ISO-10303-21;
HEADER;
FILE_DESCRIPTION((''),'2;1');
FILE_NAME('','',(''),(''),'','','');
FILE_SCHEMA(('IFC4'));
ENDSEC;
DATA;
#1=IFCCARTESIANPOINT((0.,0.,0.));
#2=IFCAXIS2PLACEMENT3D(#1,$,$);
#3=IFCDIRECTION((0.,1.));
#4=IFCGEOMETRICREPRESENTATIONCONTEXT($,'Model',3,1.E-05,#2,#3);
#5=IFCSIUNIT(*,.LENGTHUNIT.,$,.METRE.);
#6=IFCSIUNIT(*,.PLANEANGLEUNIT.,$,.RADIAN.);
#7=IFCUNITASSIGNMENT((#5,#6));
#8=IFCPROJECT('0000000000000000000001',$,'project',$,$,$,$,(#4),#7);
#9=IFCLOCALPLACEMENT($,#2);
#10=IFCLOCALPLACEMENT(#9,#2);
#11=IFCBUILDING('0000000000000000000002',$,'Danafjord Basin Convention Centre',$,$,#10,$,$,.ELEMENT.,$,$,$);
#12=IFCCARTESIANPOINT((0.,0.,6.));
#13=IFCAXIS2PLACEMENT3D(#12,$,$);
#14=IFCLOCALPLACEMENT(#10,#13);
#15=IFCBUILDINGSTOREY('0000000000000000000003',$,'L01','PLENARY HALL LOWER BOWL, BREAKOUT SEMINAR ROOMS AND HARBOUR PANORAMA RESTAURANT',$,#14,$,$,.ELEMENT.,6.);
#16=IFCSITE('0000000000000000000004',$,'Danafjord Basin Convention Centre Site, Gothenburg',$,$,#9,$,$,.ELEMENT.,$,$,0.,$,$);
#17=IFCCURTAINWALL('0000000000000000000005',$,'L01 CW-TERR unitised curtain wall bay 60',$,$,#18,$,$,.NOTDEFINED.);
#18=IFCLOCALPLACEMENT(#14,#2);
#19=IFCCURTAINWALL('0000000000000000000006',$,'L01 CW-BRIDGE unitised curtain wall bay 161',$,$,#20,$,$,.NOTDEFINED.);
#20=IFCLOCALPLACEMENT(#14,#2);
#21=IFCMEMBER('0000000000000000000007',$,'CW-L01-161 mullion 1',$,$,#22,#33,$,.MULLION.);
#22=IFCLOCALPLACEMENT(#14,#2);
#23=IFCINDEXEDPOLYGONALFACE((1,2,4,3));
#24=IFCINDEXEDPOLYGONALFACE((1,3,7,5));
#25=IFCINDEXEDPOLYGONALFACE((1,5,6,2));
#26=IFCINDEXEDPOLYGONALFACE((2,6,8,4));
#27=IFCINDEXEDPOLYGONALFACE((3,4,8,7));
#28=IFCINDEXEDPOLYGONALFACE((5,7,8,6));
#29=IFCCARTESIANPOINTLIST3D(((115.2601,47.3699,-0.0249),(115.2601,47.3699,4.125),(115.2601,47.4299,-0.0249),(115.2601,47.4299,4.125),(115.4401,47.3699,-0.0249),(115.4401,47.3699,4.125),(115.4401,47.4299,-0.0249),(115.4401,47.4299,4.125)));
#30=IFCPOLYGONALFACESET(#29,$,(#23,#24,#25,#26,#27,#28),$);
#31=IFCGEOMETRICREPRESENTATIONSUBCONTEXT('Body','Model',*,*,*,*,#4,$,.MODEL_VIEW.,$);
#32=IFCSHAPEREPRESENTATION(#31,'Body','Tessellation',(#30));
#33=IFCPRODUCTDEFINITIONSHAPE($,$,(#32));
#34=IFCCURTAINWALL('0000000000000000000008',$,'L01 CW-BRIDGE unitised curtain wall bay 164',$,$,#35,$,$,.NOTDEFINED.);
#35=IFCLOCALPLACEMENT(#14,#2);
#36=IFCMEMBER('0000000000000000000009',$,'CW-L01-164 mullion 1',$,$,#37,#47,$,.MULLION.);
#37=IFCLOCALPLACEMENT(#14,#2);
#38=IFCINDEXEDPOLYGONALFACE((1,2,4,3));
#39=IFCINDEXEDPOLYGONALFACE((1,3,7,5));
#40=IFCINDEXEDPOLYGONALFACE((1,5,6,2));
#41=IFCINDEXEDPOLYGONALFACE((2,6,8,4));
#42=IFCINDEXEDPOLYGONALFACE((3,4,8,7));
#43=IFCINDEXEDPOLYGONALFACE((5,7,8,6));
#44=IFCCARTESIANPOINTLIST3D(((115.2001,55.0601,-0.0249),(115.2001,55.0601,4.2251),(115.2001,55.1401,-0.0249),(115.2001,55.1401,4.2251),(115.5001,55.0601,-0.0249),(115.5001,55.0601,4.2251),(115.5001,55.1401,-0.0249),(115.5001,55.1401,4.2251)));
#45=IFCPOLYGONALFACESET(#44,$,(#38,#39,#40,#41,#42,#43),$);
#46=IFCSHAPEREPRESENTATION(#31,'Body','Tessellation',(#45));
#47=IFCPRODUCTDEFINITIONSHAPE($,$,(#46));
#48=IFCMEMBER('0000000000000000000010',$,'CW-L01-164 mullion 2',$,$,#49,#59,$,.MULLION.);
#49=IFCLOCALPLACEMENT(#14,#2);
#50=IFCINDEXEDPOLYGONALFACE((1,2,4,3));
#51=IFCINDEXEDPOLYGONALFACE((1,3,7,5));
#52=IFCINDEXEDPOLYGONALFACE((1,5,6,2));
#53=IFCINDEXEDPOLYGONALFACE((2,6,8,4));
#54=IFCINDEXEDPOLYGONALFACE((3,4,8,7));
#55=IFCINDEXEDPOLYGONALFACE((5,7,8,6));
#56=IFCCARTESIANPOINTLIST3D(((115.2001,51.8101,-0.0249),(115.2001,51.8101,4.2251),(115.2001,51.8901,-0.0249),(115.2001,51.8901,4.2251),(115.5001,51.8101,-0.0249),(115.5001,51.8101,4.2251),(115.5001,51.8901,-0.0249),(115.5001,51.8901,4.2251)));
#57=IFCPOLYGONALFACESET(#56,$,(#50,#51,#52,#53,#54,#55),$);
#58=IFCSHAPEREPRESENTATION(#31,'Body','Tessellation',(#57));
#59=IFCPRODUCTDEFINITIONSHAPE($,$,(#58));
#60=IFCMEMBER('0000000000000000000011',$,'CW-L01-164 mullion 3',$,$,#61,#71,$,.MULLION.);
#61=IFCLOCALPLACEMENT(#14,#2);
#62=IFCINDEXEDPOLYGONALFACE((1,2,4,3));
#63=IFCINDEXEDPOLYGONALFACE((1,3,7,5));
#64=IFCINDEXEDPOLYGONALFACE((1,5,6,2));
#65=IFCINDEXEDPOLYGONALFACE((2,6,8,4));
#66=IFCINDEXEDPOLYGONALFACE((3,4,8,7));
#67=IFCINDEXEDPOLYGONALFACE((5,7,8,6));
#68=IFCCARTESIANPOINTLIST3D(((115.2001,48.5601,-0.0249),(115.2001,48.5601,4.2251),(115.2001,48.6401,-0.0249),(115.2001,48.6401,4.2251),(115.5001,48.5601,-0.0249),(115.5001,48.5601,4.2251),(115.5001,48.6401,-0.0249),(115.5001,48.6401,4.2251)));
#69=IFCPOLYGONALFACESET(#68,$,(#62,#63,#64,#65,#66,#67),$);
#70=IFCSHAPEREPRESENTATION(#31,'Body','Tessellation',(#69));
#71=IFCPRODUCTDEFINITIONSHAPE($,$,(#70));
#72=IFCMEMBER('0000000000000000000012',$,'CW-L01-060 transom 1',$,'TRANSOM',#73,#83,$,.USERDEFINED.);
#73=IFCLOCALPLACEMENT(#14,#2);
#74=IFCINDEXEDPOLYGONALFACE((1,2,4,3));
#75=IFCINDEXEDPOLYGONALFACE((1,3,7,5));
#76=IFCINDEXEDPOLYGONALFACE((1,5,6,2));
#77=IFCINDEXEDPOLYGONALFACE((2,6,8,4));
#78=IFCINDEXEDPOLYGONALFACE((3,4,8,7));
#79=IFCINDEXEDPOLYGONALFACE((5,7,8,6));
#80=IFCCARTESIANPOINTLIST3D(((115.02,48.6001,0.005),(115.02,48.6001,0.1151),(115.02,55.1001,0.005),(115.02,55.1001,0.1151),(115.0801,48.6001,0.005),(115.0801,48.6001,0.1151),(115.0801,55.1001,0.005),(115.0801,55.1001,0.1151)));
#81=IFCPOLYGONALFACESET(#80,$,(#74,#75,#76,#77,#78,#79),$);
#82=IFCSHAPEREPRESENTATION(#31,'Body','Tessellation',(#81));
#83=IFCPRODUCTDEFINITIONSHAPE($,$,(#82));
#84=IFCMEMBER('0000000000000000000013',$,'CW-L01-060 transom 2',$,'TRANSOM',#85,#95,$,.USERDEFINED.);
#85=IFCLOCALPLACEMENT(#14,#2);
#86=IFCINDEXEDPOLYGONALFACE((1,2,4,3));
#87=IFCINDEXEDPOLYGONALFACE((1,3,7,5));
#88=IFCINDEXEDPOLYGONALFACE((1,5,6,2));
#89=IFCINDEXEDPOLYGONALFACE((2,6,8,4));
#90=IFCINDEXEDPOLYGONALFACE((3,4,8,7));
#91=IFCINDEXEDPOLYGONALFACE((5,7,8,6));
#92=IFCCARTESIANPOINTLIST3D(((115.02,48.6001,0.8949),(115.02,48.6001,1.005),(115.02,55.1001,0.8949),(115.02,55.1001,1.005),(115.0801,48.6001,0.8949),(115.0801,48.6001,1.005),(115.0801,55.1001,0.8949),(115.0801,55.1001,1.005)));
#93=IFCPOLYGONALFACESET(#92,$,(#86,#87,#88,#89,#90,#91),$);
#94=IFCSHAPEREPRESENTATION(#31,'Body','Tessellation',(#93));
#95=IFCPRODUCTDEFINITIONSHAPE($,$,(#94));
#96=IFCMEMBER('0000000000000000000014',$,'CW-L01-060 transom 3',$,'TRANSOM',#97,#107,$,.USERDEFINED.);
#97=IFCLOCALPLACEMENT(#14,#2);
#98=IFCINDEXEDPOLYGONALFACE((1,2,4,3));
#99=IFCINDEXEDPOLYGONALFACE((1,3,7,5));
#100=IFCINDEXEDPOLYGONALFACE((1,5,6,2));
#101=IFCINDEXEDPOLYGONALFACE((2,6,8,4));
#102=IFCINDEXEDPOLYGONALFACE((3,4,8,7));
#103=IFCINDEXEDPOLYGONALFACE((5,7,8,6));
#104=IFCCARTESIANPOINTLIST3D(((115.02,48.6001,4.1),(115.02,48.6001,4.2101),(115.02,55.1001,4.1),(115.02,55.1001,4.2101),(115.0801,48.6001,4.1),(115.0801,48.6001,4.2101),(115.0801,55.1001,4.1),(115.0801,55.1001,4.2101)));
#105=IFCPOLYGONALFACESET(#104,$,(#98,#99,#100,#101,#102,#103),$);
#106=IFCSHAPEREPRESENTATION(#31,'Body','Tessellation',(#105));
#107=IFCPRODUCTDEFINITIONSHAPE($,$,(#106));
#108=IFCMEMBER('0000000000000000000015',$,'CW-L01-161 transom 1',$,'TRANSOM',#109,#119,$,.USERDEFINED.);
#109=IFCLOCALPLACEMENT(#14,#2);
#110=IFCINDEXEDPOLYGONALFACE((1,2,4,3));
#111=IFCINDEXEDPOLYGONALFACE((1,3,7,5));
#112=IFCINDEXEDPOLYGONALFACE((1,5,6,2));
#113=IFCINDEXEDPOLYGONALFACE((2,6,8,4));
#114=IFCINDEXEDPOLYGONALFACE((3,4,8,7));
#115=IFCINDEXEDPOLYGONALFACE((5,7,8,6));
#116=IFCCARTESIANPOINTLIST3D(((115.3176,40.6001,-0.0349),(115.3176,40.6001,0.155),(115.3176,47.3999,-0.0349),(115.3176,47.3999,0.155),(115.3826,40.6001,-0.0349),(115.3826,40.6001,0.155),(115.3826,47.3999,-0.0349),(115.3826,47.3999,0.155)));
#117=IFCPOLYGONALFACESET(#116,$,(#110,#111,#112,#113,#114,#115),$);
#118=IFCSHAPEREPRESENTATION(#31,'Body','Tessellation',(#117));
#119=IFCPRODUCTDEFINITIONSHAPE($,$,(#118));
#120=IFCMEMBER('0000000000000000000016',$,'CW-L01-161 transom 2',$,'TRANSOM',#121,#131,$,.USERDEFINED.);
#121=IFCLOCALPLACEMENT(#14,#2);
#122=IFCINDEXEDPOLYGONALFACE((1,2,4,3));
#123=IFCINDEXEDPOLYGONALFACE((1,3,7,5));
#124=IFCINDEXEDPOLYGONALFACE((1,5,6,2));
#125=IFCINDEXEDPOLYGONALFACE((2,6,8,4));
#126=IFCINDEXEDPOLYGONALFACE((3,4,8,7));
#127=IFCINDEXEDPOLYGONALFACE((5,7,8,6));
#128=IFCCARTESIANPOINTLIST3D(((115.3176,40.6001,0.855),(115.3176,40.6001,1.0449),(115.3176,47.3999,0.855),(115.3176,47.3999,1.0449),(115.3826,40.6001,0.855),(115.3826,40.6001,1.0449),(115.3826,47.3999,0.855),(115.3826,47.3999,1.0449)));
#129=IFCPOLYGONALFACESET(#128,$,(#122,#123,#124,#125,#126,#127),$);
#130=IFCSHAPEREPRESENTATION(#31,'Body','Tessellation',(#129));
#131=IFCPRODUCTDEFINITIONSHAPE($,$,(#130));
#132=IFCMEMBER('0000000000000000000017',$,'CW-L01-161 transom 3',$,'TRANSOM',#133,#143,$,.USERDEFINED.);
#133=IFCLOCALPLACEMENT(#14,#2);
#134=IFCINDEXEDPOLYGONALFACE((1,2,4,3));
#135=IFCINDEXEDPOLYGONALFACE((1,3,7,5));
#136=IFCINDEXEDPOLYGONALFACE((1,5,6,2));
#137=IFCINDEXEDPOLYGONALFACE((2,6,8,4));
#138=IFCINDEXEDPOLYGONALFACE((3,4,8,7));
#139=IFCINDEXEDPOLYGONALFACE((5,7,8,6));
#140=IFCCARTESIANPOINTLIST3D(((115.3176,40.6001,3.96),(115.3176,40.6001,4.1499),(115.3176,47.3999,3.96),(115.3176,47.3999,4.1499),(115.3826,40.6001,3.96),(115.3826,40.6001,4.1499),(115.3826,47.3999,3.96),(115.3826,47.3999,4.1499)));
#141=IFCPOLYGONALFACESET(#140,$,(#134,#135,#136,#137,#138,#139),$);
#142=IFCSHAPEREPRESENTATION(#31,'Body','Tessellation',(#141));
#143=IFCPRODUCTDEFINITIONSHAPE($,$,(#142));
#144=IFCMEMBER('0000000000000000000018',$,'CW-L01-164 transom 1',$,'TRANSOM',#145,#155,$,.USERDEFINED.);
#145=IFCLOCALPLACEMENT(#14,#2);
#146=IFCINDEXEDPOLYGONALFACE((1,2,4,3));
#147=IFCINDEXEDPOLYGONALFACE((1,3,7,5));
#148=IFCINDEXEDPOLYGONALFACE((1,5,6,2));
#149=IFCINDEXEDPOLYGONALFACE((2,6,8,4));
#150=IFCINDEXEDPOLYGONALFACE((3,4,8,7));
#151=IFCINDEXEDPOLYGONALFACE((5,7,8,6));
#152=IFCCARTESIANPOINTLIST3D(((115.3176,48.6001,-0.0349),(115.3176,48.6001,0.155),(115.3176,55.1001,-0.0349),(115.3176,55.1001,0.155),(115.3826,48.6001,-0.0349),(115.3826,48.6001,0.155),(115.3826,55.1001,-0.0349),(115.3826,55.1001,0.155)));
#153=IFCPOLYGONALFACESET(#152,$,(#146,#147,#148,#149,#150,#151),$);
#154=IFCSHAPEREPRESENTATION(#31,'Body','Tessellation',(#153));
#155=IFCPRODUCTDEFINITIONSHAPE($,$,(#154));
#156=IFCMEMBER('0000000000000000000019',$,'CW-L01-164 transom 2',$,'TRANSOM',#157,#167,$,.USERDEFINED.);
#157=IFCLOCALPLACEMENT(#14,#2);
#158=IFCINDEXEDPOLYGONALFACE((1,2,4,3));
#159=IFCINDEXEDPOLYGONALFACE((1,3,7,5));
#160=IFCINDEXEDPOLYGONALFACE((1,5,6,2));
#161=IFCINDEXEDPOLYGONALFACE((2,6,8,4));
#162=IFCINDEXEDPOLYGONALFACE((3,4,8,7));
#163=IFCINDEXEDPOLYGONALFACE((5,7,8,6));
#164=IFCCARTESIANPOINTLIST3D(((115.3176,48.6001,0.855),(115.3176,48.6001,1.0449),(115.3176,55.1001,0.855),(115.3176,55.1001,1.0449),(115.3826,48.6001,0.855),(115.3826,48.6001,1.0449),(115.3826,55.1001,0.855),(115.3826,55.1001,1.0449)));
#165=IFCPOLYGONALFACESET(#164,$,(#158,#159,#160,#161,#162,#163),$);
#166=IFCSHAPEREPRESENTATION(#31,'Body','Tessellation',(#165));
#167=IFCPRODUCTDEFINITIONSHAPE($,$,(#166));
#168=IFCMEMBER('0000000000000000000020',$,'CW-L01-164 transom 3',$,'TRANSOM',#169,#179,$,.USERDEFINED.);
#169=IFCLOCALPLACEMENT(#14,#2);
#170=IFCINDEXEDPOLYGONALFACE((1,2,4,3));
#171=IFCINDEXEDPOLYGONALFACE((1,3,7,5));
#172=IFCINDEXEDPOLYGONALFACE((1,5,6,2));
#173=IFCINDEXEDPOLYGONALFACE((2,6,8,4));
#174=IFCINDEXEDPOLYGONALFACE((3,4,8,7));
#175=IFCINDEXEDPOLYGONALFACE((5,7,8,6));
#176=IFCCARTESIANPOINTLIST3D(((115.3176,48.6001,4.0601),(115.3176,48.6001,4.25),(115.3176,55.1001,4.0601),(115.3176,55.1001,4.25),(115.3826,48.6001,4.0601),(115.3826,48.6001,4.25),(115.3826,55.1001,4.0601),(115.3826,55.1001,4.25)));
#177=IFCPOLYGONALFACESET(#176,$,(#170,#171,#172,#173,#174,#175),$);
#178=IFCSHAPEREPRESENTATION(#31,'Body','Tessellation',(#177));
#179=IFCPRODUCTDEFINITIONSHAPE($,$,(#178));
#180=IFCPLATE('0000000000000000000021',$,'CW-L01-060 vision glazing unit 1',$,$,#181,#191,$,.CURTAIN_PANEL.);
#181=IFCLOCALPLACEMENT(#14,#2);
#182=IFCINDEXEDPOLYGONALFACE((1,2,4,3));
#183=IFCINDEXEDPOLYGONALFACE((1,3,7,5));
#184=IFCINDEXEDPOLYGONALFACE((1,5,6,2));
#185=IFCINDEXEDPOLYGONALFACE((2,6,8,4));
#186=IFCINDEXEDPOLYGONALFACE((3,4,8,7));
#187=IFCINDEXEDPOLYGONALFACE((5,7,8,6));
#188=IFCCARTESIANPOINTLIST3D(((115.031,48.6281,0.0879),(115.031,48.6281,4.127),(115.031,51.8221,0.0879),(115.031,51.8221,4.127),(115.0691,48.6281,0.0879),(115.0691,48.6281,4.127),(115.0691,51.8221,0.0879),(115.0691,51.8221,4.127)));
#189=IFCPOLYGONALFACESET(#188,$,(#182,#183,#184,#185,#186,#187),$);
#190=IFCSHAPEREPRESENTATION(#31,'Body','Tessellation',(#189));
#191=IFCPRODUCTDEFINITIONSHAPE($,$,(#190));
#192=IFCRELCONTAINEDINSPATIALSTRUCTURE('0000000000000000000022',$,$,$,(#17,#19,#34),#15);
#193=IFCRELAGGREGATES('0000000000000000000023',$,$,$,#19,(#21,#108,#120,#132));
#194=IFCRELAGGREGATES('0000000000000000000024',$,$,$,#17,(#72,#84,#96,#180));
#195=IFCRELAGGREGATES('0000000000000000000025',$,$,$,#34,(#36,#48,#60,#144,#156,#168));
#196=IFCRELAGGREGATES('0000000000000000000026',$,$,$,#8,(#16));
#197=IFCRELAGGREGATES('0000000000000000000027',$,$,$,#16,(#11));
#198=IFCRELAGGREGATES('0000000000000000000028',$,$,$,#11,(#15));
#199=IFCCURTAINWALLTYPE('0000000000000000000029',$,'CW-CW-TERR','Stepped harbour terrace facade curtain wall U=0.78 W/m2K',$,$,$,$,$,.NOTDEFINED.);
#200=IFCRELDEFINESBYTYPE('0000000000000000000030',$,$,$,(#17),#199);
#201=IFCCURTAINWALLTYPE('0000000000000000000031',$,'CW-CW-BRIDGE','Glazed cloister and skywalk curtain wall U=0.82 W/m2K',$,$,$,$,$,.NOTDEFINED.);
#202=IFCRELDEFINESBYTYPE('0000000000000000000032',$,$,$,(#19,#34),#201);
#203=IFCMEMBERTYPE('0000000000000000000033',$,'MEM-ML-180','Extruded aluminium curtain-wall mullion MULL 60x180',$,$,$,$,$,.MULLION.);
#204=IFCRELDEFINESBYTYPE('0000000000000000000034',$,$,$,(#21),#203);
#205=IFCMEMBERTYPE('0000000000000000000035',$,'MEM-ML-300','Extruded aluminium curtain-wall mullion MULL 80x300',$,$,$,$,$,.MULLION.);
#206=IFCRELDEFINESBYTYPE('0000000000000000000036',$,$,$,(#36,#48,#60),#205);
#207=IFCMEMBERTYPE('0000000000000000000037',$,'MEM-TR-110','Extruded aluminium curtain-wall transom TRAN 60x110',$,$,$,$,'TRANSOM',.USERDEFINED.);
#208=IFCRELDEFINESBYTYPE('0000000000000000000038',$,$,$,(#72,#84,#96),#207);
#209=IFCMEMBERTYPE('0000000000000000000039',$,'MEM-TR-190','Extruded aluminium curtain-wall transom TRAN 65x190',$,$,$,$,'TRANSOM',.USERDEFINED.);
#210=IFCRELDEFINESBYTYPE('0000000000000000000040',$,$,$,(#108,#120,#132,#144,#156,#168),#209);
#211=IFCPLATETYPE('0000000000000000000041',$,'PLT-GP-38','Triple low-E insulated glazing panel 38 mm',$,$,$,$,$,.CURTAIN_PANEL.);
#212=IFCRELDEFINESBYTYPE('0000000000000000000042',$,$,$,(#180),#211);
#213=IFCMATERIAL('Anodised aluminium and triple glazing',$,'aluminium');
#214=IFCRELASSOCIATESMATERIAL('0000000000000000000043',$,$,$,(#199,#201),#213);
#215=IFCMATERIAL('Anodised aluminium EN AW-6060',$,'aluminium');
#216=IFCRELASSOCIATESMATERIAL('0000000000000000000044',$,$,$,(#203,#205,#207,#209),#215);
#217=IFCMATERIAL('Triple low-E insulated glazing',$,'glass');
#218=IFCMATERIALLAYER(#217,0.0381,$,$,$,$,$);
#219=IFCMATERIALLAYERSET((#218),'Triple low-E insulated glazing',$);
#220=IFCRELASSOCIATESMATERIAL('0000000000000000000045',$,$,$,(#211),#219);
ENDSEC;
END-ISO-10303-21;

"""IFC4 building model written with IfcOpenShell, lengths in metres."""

from ifc_helpers import new_model, si_unit, direction, frame, origin, origin_2d, place, context, subcontext, project, spatial, rectangle, extrude, material, layer, layer_set, material_profile, profile_set, type_object, element, aggregate, save


model = new_model("IFC4")

# Units and contexts
model_context = context("Model", 3, precision=1e-05, world=origin(), true_north=direction((0.0, 1.0)))
body_context = subcontext(model_context, "Body", "Model", "MODEL_VIEW")
ifc_project = project(units=[si_unit("LENGTHUNIT", "METRE"), si_unit("PLANEANGLEUNIT", "RADIAN")], contexts=[model_context])

# Site, building, storey
site_placement = place(None, origin())
site = spatial("IfcSite", under=ifc_project, at=site_placement, Name="Danafjord Basin Convention Centre Site, Gothenburg", CompositionType="ELEMENT", RefElevation=0.0)
building_placement = place(site_placement, origin())
building = spatial("IfcBuilding", under=site, at=building_placement, Name="Danafjord Basin Convention Centre", CompositionType="ELEMENT")
storey_placement = place(building_placement, frame((0.0, 0.0, 6.0)))
storey = spatial("IfcBuildingStorey", under=building, at=storey_placement, Name="L01", Description="PLENARY HALL LOWER BOWL, BREAKOUT SEMINAR ROOMS AND HARBOUR PANORAMA RESTAURANT", CompositionType="ELEMENT", Elevation=6.0)

# Curtain wall
ifc_material_1 = material(Name="Anodised aluminium and triple glazing", Category="aluminium")
curtain_wall_type_1 = type_object("IfcCurtainWallType", Name="CW-CW-TERR", Description="Stepped harbour terrace facade curtain wall U=0.78 W/m2K", PredefinedType="NOTDEFINED", material=ifc_material_1)
curtain_wall_1_placement = place(storey_placement, origin())
curtain_wall_1 = element("IfcCurtainWall", 1, at=curtain_wall_1_placement, inside=storey, type_object=curtain_wall_type_1, Name="L01 CW-TERR unitised curtain wall bay 60", PredefinedType="NOTDEFINED")
ifc_material_2 = material(Name="Anodised aluminium EN AW-6060", Category="aluminium")

# Curtain wall, member
curtain_wall_type_2 = type_object("IfcCurtainWallType", Name="CW-CW-BRIDGE", Description="Glazed cloister and skywalk curtain wall U=0.82 W/m2K", PredefinedType="NOTDEFINED", material=ifc_material_1)
curtain_wall_2_placement = place(storey_placement, origin())
curtain_wall_2 = element("IfcCurtainWall", 2, at=curtain_wall_2_placement, inside=storey, type_object=curtain_wall_type_2, Name="L01 CW-BRIDGE unitised curtain wall bay 161", PredefinedType="NOTDEFINED")
ifc_material_profile_1 = material_profile(ifc_material_2, rectangle(XDim=0.0601, YDim=0.1799, at=origin_2d()), Name="MULL 60x180")
ifc_profile_set_1 = profile_set([ifc_material_profile_1], Name="Anodised aluminium EN AW-6060")
member_type_1 = type_object("IfcMemberType", Name="MEM-ML-180", Description="Extruded aluminium curtain-wall mullion MULL 60x180", PredefinedType="MULLION", material=ifc_profile_set_1)
member_1_placement = place(storey_placement, frame((115.3501, 47.3999, -0.0249), z_axis=(0.0, 0.0, 1.0), x_axis=(0.0, -1.0, 0.0)))
member_1 = element("IfcMember", 3, at=member_1_placement, type_object=member_type_1, Name="CW-L01-161 mullion 1", PredefinedType="MULLION", context=body_context, shape_type="SweptSolid", body=[
    extrude(rectangle(XDim=0.0601, YDim=0.1799, at=origin_2d()), origin(), (0.0, 0.0, 1.0), 4.1499),
])

# Curtain wall, members
curtain_wall_3_placement = place(storey_placement, origin())
curtain_wall_3 = element("IfcCurtainWall", 4, at=curtain_wall_3_placement, inside=storey, type_object=curtain_wall_type_2, Name="L01 CW-BRIDGE unitised curtain wall bay 164", PredefinedType="NOTDEFINED")
ifc_material_profile_2 = material_profile(ifc_material_2, rectangle(XDim=0.0801, YDim=0.3, at=origin_2d()), Name="MULL 80x300")
ifc_profile_set_2 = profile_set([ifc_material_profile_2], Name="Anodised aluminium EN AW-6060")
member_type_2 = type_object("IfcMemberType", Name="MEM-ML-300", Description="Extruded aluminium curtain-wall mullion MULL 80x300", PredefinedType="MULLION", material=ifc_profile_set_2)
member_2_placement = place(storey_placement, frame((115.3501, 55.1001, -0.0249), z_axis=(0.0, 0.0, 1.0), x_axis=(0.0, -1.0, 0.0)))
member_2 = element("IfcMember", 5, at=member_2_placement, type_object=member_type_2, Name="CW-L01-164 mullion 1", PredefinedType="MULLION", context=body_context, shape_type="SweptSolid", body=[
    extrude(rectangle(XDim=0.0801, YDim=0.3, at=origin_2d()), origin(), (0.0, 0.0, 1.0), 4.25),
])
member_3_placement = place(storey_placement, frame((115.3501, 51.8501, -0.0249), z_axis=(0.0, 0.0, 1.0), x_axis=(0.0, -1.0, 0.0)))
member_3 = element("IfcMember", 6, at=member_3_placement, type_object=member_type_2, Name="CW-L01-164 mullion 2", PredefinedType="MULLION", context=body_context, shape_type="SweptSolid", body=[
    extrude(rectangle(XDim=0.0801, YDim=0.3, at=origin_2d()), origin(), (0.0, 0.0, 1.0), 4.25),
])
member_4_placement = place(storey_placement, frame((115.3501, 48.6001, -0.0249), z_axis=(0.0, 0.0, 1.0), x_axis=(0.0, -1.0, 0.0)))
member_4 = element("IfcMember", 7, at=member_4_placement, type_object=member_type_2, Name="CW-L01-164 mullion 3", PredefinedType="MULLION", context=body_context, shape_type="SweptSolid", body=[
    extrude(rectangle(XDim=0.0801, YDim=0.3, at=origin_2d()), origin(), (0.0, 0.0, 1.0), 4.25),
])

# Members
ifc_material_profile_3 = material_profile(ifc_material_2, rectangle(XDim=0.0601, YDim=0.1101, at=origin_2d()), Name="TRAN 60x110")
ifc_profile_set_3 = profile_set([ifc_material_profile_3], Name="Anodised aluminium EN AW-6060")
member_type_3 = type_object("IfcMemberType", Name="MEM-TR-110", Description="Extruded aluminium curtain-wall transom TRAN 60x110", ElementType="TRANSOM", PredefinedType="USERDEFINED", material=ifc_profile_set_3)
member_5_placement = place(storey_placement, frame((115.05, 48.6001, 0.0601), z_axis=(0.0, 1.0, 0.0), x_axis=(-1.0, 0.0, 0.0)))
member_5 = element("IfcMember", 8, at=member_5_placement, type_object=member_type_3, Name="CW-L01-060 transom 1", ObjectType="TRANSOM", PredefinedType="USERDEFINED", context=body_context, shape_type="SweptSolid", body=[
    extrude(rectangle(XDim=0.0601, YDim=0.1101, at=origin_2d()), origin(), (0.0, 0.0, 1.0), 6.5),
])
member_6_placement = place(storey_placement, frame((115.05, 48.6001, 0.95), z_axis=(0.0, 1.0, 0.0), x_axis=(-1.0, 0.0, 0.0)))
member_6 = element("IfcMember", 9, at=member_6_placement, type_object=member_type_3, Name="CW-L01-060 transom 2", ObjectType="TRANSOM", PredefinedType="USERDEFINED", context=body_context, shape_type="SweptSolid", body=[
    extrude(rectangle(XDim=0.0601, YDim=0.1101, at=origin_2d()), origin(), (0.0, 0.0, 1.0), 6.5),
])
member_7_placement = place(storey_placement, frame((115.05, 48.6001, 4.155), z_axis=(0.0, 1.0, 0.0), x_axis=(-1.0, 0.0, 0.0)))
member_7 = element("IfcMember", 10, at=member_7_placement, type_object=member_type_3, Name="CW-L01-060 transom 3", ObjectType="TRANSOM", PredefinedType="USERDEFINED", context=body_context, shape_type="SweptSolid", body=[
    extrude(rectangle(XDim=0.0601, YDim=0.1101, at=origin_2d()), origin(), (0.0, 0.0, 1.0), 6.5),
])
ifc_material_profile_4 = material_profile(ifc_material_2, rectangle(XDim=0.0649, YDim=0.1899, at=origin_2d()), Name="TRAN 65x190")
ifc_profile_set_4 = profile_set([ifc_material_profile_4], Name="Anodised aluminium EN AW-6060")
member_type_4 = type_object("IfcMemberType", Name="MEM-TR-190", Description="Extruded aluminium curtain-wall transom TRAN 65x190", ElementType="TRANSOM", PredefinedType="USERDEFINED", material=ifc_profile_set_4)
member_8_placement = place(storey_placement, frame((115.3501, 47.3999, 0.0601), z_axis=(0.0, -1.0, 0.0), x_axis=(1.0, 0.0, 0.0)))
member_8 = element("IfcMember", 11, at=member_8_placement, type_object=member_type_4, Name="CW-L01-161 transom 1", ObjectType="TRANSOM", PredefinedType="USERDEFINED", context=body_context, shape_type="SweptSolid", body=[
    extrude(rectangle(XDim=0.0649, YDim=0.1899, at=origin_2d()), origin(), (0.0, 0.0, 1.0), 6.7998),
])
member_9_placement = place(storey_placement, frame((115.3501, 47.3999, 0.95), z_axis=(0.0, -1.0, 0.0), x_axis=(1.0, 0.0, 0.0)))
member_9 = element("IfcMember", 12, at=member_9_placement, type_object=member_type_4, Name="CW-L01-161 transom 2", ObjectType="TRANSOM", PredefinedType="USERDEFINED", context=body_context, shape_type="SweptSolid", body=[
    extrude(rectangle(XDim=0.0649, YDim=0.1899, at=origin_2d()), origin(), (0.0, 0.0, 1.0), 6.7998),
])
member_10_placement = place(storey_placement, frame((115.3501, 47.3999, 4.0549), z_axis=(0.0, -1.0, 0.0), x_axis=(1.0, 0.0, 0.0)))
member_10 = element("IfcMember", 13, at=member_10_placement, type_object=member_type_4, Name="CW-L01-161 transom 3", ObjectType="TRANSOM", PredefinedType="USERDEFINED", context=body_context, shape_type="SweptSolid", body=[
    extrude(rectangle(XDim=0.0649, YDim=0.1899, at=origin_2d()), origin(), (0.0, 0.0, 1.0), 6.7998),
])
aggregate(curtain_wall_2, [member_1, member_8, member_9, member_10])
member_11_placement = place(storey_placement, frame((115.3501, 55.1001, 0.0601), z_axis=(0.0, -1.0, 0.0), x_axis=(1.0, 0.0, 0.0)))
member_11 = element("IfcMember", 14, at=member_11_placement, type_object=member_type_4, Name="CW-L01-164 transom 1", ObjectType="TRANSOM", PredefinedType="USERDEFINED", context=body_context, shape_type="SweptSolid", body=[
    extrude(rectangle(XDim=0.0649, YDim=0.1899, at=origin_2d()), origin(), (0.0, 0.0, 1.0), 6.5),
])
member_12_placement = place(storey_placement, frame((115.3501, 55.1001, 0.95), z_axis=(0.0, -1.0, 0.0), x_axis=(1.0, 0.0, 0.0)))
member_12 = element("IfcMember", 15, at=member_12_placement, type_object=member_type_4, Name="CW-L01-164 transom 2", ObjectType="TRANSOM", PredefinedType="USERDEFINED", context=body_context, shape_type="SweptSolid", body=[
    extrude(rectangle(XDim=0.0649, YDim=0.1899, at=origin_2d()), origin(), (0.0, 0.0, 1.0), 6.5),
])
member_13_placement = place(storey_placement, frame((115.3501, 55.1001, 4.155), z_axis=(0.0, -1.0, 0.0), x_axis=(1.0, 0.0, 0.0)))
member_13 = element("IfcMember", 16, at=member_13_placement, type_object=member_type_4, Name="CW-L01-164 transom 3", ObjectType="TRANSOM", PredefinedType="USERDEFINED", context=body_context, shape_type="SweptSolid", body=[
    extrude(rectangle(XDim=0.0649, YDim=0.1899, at=origin_2d()), origin(), (0.0, 0.0, 1.0), 6.5),
])

# Plate
ifc_material_3 = material(Name="Triple low-E insulated glazing", Category="glass")
ifc_layer_1 = layer(ifc_material_3, 0.0381)
ifc_layer_set_1 = layer_set([ifc_layer_1], Name="Triple low-E insulated glazing")
plate_type = type_object("IfcPlateType", Name="PLT-GP-38", Description="Triple low-E insulated glazing panel 38 mm", PredefinedType="CURTAIN_PANEL", material=ifc_layer_set_1)
plate_1_placement = place(storey_placement, frame((115.05, 50.2251, 0.0879), z_axis=(0.0, 0.0, 1.0), x_axis=(0.0, 1.0, 0.0)))
plate_1 = element("IfcPlate", 17, at=plate_1_placement, type_object=plate_type, Name="CW-L01-060 vision glazing unit 1", PredefinedType="CURTAIN_PANEL", context=body_context, shape_type="SweptSolid", body=[
    extrude(rectangle(XDim=3.1941, YDim=0.0381, at=origin_2d()), origin(), (0.0, 0.0, 1.0), 4.0391),
])
aggregate(curtain_wall_1, [member_5, member_6, member_7, plate_1])
aggregate(curtain_wall_3, [member_2, member_3, member_4, member_11, member_12, member_13])

save(model, "model.ifc")
